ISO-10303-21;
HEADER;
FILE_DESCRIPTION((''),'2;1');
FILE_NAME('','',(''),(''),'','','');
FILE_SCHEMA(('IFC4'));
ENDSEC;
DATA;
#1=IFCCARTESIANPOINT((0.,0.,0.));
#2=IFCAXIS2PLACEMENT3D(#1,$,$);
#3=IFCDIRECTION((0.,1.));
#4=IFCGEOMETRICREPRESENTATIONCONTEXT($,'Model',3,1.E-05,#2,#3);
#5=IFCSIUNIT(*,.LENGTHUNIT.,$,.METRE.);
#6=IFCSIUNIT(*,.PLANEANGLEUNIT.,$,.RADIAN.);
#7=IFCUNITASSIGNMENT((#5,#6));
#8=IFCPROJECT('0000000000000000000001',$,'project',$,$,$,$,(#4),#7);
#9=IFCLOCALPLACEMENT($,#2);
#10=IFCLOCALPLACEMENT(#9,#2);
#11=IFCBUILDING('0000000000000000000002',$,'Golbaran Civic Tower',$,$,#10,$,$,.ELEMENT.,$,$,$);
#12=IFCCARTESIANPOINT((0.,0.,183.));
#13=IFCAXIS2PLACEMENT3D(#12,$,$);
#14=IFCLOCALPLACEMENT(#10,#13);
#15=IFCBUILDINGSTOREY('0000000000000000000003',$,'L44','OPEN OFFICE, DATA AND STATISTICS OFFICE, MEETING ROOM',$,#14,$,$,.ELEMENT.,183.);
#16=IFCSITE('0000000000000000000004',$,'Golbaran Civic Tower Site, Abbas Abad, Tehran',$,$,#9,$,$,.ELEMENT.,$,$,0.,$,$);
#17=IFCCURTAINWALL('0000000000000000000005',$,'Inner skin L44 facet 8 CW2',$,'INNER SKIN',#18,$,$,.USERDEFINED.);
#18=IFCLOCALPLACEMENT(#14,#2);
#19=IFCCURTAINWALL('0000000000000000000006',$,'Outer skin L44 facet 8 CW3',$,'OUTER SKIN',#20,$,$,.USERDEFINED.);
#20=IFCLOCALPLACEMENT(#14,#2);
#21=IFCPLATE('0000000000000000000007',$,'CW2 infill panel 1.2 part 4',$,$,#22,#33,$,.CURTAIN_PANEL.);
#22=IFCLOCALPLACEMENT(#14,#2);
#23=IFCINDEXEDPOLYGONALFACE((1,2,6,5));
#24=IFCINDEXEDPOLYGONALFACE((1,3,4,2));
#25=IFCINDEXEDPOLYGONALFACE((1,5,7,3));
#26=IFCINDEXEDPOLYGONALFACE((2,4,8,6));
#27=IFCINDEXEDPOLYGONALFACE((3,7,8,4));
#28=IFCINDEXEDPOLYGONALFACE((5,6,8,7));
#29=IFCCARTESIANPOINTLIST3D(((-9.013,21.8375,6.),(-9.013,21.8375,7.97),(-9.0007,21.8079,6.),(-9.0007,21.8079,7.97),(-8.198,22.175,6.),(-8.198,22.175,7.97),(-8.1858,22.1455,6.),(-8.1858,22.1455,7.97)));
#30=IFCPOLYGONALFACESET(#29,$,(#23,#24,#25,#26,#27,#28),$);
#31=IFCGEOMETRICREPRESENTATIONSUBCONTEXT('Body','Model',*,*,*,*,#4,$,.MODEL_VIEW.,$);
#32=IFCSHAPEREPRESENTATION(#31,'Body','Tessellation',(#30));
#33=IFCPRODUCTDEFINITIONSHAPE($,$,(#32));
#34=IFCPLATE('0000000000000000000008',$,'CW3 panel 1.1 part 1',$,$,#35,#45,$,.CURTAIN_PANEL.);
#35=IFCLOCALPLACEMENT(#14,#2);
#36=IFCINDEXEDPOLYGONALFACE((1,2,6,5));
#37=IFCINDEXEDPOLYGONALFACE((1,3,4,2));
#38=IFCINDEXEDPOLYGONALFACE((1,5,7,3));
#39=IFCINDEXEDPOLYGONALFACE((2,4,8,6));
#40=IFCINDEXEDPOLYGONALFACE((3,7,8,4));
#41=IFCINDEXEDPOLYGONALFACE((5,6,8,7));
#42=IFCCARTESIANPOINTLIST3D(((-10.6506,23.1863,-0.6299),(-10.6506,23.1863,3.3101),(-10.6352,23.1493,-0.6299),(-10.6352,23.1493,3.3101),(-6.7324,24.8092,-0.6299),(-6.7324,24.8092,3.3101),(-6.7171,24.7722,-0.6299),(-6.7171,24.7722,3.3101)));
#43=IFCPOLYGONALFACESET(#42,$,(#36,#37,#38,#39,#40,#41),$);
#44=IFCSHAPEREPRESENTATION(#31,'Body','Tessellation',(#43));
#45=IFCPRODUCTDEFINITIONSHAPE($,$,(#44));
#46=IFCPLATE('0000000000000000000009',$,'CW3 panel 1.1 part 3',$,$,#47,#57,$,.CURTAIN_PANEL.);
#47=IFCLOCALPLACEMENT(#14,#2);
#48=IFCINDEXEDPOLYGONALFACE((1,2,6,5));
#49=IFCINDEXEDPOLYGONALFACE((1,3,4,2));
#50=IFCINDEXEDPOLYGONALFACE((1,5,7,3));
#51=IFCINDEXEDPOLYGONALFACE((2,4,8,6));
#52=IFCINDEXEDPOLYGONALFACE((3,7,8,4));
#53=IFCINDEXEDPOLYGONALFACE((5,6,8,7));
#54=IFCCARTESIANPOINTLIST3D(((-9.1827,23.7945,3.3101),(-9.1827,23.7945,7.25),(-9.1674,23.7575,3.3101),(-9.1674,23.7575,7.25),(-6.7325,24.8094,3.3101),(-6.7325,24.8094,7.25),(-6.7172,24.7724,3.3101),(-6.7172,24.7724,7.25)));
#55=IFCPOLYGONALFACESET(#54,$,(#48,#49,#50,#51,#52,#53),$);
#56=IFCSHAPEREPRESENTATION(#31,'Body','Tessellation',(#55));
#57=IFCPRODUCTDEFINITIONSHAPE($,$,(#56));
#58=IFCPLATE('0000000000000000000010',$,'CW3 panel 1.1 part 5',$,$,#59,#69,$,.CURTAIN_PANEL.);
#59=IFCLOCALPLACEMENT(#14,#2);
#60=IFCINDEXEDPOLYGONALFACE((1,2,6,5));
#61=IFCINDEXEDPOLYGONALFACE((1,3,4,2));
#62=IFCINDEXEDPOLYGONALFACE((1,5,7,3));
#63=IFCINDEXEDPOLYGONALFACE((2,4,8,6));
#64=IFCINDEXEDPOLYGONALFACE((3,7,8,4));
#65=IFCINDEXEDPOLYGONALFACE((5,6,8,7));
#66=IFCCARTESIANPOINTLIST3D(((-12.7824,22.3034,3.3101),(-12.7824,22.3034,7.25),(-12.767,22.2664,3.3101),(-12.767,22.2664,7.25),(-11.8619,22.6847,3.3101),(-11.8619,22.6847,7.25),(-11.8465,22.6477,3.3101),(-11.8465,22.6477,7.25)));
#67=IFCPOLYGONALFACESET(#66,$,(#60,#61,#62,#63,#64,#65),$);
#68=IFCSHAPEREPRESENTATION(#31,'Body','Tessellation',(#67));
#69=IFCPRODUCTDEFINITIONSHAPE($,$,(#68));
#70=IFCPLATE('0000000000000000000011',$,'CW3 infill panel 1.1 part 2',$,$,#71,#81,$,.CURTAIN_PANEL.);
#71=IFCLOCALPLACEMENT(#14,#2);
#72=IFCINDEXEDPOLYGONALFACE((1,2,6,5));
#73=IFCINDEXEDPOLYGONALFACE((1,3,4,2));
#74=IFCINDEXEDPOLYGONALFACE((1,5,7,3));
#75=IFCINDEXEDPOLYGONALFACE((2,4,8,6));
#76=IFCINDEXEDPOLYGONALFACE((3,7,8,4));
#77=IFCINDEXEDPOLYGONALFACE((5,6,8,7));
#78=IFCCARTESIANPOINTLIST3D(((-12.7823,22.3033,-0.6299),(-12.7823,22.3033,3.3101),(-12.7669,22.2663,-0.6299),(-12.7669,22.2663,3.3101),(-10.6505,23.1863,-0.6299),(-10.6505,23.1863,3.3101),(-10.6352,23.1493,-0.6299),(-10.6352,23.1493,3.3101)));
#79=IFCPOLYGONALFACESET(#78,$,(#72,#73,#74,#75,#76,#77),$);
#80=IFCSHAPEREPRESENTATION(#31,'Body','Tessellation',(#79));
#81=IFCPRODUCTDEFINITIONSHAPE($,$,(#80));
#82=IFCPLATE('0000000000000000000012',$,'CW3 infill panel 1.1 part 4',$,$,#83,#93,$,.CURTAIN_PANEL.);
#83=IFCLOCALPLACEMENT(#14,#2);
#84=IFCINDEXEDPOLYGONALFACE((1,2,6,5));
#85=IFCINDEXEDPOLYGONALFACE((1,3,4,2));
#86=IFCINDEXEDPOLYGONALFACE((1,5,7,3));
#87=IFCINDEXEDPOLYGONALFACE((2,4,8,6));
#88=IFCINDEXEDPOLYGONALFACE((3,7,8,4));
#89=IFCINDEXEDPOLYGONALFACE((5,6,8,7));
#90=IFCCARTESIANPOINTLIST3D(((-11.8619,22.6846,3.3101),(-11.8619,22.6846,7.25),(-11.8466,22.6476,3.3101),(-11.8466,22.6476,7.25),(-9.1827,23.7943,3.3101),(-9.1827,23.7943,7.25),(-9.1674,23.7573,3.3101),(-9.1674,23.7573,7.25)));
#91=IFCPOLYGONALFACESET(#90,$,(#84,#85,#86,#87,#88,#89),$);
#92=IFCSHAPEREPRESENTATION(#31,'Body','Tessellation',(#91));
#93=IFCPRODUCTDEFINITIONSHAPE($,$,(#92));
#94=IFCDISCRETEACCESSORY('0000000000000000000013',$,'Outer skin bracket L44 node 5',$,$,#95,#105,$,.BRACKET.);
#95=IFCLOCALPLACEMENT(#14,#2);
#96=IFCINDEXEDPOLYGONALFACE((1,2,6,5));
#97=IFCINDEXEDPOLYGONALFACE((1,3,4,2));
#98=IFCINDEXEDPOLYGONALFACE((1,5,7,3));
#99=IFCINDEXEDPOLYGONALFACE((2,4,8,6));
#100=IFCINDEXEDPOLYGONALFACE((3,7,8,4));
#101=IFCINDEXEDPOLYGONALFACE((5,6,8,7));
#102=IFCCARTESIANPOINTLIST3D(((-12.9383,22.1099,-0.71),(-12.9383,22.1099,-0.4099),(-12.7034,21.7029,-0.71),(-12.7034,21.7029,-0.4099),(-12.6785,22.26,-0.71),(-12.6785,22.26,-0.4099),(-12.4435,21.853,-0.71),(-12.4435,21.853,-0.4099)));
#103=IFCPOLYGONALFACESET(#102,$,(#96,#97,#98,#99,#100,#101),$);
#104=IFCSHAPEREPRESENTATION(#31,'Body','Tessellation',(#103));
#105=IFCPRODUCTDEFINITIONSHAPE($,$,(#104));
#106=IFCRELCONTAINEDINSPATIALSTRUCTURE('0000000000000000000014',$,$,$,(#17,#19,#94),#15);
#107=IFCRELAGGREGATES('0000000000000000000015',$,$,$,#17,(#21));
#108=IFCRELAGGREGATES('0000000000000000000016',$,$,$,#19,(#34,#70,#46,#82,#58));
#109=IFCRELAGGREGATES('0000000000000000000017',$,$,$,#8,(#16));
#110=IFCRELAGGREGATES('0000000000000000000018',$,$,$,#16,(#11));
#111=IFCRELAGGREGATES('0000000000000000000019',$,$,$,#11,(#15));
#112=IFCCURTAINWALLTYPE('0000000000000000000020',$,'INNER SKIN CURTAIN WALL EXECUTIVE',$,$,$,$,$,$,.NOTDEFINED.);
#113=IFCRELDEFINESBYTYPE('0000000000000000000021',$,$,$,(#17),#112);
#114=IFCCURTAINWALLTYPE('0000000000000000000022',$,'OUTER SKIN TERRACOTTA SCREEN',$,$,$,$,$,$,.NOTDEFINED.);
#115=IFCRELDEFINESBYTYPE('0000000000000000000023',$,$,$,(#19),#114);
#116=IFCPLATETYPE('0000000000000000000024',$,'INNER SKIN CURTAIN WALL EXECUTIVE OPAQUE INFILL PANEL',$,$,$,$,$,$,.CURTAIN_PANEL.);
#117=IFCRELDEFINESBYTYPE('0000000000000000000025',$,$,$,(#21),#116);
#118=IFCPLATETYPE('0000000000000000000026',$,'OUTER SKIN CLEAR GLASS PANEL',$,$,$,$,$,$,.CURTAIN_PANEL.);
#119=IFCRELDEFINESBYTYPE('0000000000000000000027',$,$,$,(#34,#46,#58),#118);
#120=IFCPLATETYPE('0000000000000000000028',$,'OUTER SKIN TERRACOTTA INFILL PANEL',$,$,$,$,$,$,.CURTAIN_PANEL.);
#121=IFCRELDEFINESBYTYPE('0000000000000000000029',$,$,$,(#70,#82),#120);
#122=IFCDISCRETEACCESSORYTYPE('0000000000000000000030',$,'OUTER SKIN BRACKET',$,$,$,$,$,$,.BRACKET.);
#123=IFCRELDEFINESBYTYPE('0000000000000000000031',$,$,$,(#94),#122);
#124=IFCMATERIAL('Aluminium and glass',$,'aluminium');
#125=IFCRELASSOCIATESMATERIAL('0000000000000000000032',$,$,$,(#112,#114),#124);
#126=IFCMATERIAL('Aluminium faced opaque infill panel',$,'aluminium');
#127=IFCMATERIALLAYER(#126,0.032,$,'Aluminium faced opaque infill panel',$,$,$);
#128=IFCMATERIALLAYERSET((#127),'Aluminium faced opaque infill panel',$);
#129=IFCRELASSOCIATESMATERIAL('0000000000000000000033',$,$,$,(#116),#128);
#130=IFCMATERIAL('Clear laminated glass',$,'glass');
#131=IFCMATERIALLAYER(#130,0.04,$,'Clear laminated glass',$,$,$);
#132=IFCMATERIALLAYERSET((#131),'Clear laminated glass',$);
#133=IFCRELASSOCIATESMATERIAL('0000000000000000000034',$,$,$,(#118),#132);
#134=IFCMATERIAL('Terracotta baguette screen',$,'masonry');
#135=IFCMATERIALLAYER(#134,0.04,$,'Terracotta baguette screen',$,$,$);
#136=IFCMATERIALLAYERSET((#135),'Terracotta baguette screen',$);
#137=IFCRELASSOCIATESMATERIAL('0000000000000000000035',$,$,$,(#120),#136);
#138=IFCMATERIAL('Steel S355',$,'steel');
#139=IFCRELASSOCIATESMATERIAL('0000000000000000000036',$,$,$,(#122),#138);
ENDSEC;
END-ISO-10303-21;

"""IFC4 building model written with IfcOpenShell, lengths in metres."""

from ifc_helpers import new_model, si_unit, direction, frame, origin, origin_2d, place, context, subcontext, project, spatial, rectangle, extrude, material, layer, layer_set, type_object, element, aggregate, save


model = new_model("IFC4")

# Units and contexts
model_context = context("Model", 3, precision=1e-05, world=origin(), true_north=direction((0.0, 1.0)))
body_context = subcontext(model_context, "Body", "Model", "MODEL_VIEW")
ifc_project = project(units=[si_unit("LENGTHUNIT", "METRE"), si_unit("PLANEANGLEUNIT", "RADIAN")], contexts=[model_context])

# Site, building, storey
site_placement = place(None, origin())
site = spatial("IfcSite", under=ifc_project, at=site_placement, Name="Golbaran Civic Tower Site, Abbas Abad, Tehran", CompositionType="ELEMENT", RefElevation=0.0)
building_placement = place(site_placement, origin())
building = spatial("IfcBuilding", under=site, at=building_placement, Name="Golbaran Civic Tower", CompositionType="ELEMENT")
storey_placement = place(building_placement, frame((0.0, 0.0, 183.0)))
storey = spatial("IfcBuildingStorey", under=building, at=storey_placement, Name="L44", Description="OPEN OFFICE, DATA AND STATISTICS OFFICE, MEETING ROOM", CompositionType="ELEMENT", Elevation=183.0)

# Shared definitions
ifc_material_1 = material(Name="Aluminium and glass", Category="aluminium")
curtain_wall_type_1 = type_object("IfcCurtainWallType", Name="INNER SKIN CURTAIN WALL EXECUTIVE", PredefinedType="NOTDEFINED", material=ifc_material_1)

# Curtain wall
curtain_wall_1_placement = place(storey_placement, origin())
curtain_wall_1 = element("IfcCurtainWall", 1, at=curtain_wall_1_placement, inside=storey, type_object=curtain_wall_type_1, Name="Inner skin L44 facet 8 CW2", ObjectType="INNER SKIN", PredefinedType="USERDEFINED")

# Shared definitions
curtain_wall_type_2 = type_object("IfcCurtainWallType", Name="OUTER SKIN TERRACOTTA SCREEN", PredefinedType="NOTDEFINED", material=ifc_material_1)

# Curtain wall
curtain_wall_2_placement = place(storey_placement, origin())
curtain_wall_2 = element("IfcCurtainWall", 2, at=curtain_wall_2_placement, inside=storey, type_object=curtain_wall_type_2, Name="Outer skin L44 facet 8 CW3", ObjectType="OUTER SKIN", PredefinedType="USERDEFINED")

# Plates
ifc_material_2 = material(Name="Aluminium faced opaque infill panel", Category="aluminium")
ifc_layer_1 = layer(ifc_material_2, 0.032, Name="Aluminium faced opaque infill panel")
ifc_layer_set_1 = layer_set([ifc_layer_1], Name="Aluminium faced opaque infill panel")
plate_type_1 = type_object("IfcPlateType", Name="INNER SKIN CURTAIN WALL EXECUTIVE OPAQUE INFILL PANEL", PredefinedType="CURTAIN_PANEL", material=ifc_layer_set_1)
plate_1_placement = place(storey_placement, frame((-8.5994, 21.9915, 6.0), z_axis=(0.0, 0.0, 1.0), x_axis=(-0.92388, -0.382683, 0.0)))
plate_1 = element("IfcPlate", 3, at=plate_1_placement, type_object=plate_type_1, Name="CW2 infill panel 1.2 part 4", PredefinedType="CURTAIN_PANEL", context=body_context, shape_type="SweptSolid", body=[
    extrude(rectangle(XDim=0.8821, YDim=0.032, at=origin_2d()), origin(), (0.0, 0.0, 1.0), 1.97),
])
aggregate(curtain_wall_1, [plate_1])
ifc_material_3 = material(Name="Clear laminated glass", Category="glass")
ifc_layer_2 = layer(ifc_material_3, 0.04, Name="Clear laminated glass")
ifc_layer_set_2 = layer_set([ifc_layer_2], Name="Clear laminated glass")
plate_type_2 = type_object("IfcPlateType", Name="OUTER SKIN CLEAR GLASS PANEL", PredefinedType="CURTAIN_PANEL", material=ifc_layer_set_2)
plate_2_placement = place(storey_placement, frame((-8.6838, 23.9792, -0.6299), z_axis=(0.0, 0.0, 1.0), x_axis=(-0.92388, -0.382683, 0.0)))
plate_2 = element("IfcPlate", 4, at=plate_2_placement, type_object=plate_type_2, Name="CW3 panel 1.1 part 1", PredefinedType="CURTAIN_PANEL", context=body_context, shape_type="SweptSolid", body=[
    extrude(rectangle(XDim=4.241, YDim=0.04, at=origin_2d()), origin(), (0.0, 0.0, 1.0), 3.9399),
])
plate_3_placement = place(storey_placement, frame((-7.95, 24.2834, 3.3101), z_axis=(0.0, 0.0, 1.0), x_axis=(-0.92388, -0.382683, 0.0)))
plate_3 = element("IfcPlate", 5, at=plate_3_placement, type_object=plate_type_2, Name="CW3 panel 1.1 part 3", PredefinedType="CURTAIN_PANEL", context=body_context, shape_type="SweptSolid", body=[
    extrude(rectangle(XDim=2.6521, YDim=0.04, at=origin_2d()), origin(), (0.0, 0.0, 1.0), 3.9399),
])
plate_4_placement = place(storey_placement, frame((-12.3145, 22.4756, 3.3101), z_axis=(0.0, 0.0, 1.0), x_axis=(-0.92388, -0.382683, 0.0)))
plate_4 = element("IfcPlate", 6, at=plate_4_placement, type_object=plate_type_2, Name="CW3 panel 1.1 part 5", PredefinedType="CURTAIN_PANEL", context=body_context, shape_type="SweptSolid", body=[
    extrude(rectangle(XDim=0.9963, YDim=0.04, at=origin_2d()), origin(), (0.0, 0.0, 1.0), 3.9399),
])
ifc_material_4 = material(Name="Terracotta baguette screen", Category="masonry")
ifc_layer_3 = layer(ifc_material_4, 0.04, Name="Terracotta baguette screen")
ifc_layer_set_3 = layer_set([ifc_layer_3], Name="Terracotta baguette screen")
plate_type_3 = type_object("IfcPlateType", Name="OUTER SKIN TERRACOTTA INFILL PANEL", PredefinedType="CURTAIN_PANEL", material=ifc_layer_set_3)
plate_5_placement = place(storey_placement, frame((-11.7087, 22.7263, -0.6299), z_axis=(0.0, 0.0, 1.0), x_axis=(-0.92388, -0.382683, 0.0)))
plate_5 = element("IfcPlate", 7, at=plate_5_placement, type_object=plate_type_3, Name="CW3 infill panel 1.1 part 2", PredefinedType="CURTAIN_PANEL", context=body_context, shape_type="SweptSolid", body=[
    extrude(rectangle(XDim=2.3074, YDim=0.04, at=origin_2d()), origin(), (0.0, 0.0, 1.0), 3.9399),
])
plate_6_placement = place(storey_placement, frame((-10.5146, 23.2209, 3.3101), z_axis=(0.0, 0.0, 1.0), x_axis=(-0.92388, -0.382683, 0.0)))
plate_6 = element("IfcPlate", 8, at=plate_6_placement, type_object=plate_type_3, Name="CW3 infill panel 1.1 part 4", PredefinedType="CURTAIN_PANEL", context=body_context, shape_type="SweptSolid", body=[
    extrude(rectangle(XDim=2.8999, YDim=0.04, at=origin_2d()), origin(), (0.0, 0.0, 1.0), 3.9399),
])
aggregate(curtain_wall_2, [plate_2, plate_5, plate_3, plate_6, plate_4])

# Discrete accessory
ifc_material_5 = material(Name="Steel S355", Category="steel")
discrete_accessory_type = type_object("IfcDiscreteAccessoryType", Name="OUTER SKIN BRACKET", PredefinedType="BRACKET", material=ifc_material_5)
discrete_accessory_placement = place(storey_placement, frame((-12.6909, 21.9814, -0.71), z_axis=(0.0, 0.0, 1.0), x_axis=(-0.5, 0.866025, 0.0)))
element("IfcDiscreteAccessory", 9, at=discrete_accessory_placement, inside=storey, type_object=discrete_accessory_type, Name="Outer skin bracket L44 node 5", PredefinedType="BRACKET", context=body_context, shape_type="SweptSolid", body=[
    extrude(rectangle(XDim=0.47, YDim=0.3, at=origin_2d()), origin(), (0.0, 0.0, 1.0), 0.3),
])

save(model, "model.ifc")
